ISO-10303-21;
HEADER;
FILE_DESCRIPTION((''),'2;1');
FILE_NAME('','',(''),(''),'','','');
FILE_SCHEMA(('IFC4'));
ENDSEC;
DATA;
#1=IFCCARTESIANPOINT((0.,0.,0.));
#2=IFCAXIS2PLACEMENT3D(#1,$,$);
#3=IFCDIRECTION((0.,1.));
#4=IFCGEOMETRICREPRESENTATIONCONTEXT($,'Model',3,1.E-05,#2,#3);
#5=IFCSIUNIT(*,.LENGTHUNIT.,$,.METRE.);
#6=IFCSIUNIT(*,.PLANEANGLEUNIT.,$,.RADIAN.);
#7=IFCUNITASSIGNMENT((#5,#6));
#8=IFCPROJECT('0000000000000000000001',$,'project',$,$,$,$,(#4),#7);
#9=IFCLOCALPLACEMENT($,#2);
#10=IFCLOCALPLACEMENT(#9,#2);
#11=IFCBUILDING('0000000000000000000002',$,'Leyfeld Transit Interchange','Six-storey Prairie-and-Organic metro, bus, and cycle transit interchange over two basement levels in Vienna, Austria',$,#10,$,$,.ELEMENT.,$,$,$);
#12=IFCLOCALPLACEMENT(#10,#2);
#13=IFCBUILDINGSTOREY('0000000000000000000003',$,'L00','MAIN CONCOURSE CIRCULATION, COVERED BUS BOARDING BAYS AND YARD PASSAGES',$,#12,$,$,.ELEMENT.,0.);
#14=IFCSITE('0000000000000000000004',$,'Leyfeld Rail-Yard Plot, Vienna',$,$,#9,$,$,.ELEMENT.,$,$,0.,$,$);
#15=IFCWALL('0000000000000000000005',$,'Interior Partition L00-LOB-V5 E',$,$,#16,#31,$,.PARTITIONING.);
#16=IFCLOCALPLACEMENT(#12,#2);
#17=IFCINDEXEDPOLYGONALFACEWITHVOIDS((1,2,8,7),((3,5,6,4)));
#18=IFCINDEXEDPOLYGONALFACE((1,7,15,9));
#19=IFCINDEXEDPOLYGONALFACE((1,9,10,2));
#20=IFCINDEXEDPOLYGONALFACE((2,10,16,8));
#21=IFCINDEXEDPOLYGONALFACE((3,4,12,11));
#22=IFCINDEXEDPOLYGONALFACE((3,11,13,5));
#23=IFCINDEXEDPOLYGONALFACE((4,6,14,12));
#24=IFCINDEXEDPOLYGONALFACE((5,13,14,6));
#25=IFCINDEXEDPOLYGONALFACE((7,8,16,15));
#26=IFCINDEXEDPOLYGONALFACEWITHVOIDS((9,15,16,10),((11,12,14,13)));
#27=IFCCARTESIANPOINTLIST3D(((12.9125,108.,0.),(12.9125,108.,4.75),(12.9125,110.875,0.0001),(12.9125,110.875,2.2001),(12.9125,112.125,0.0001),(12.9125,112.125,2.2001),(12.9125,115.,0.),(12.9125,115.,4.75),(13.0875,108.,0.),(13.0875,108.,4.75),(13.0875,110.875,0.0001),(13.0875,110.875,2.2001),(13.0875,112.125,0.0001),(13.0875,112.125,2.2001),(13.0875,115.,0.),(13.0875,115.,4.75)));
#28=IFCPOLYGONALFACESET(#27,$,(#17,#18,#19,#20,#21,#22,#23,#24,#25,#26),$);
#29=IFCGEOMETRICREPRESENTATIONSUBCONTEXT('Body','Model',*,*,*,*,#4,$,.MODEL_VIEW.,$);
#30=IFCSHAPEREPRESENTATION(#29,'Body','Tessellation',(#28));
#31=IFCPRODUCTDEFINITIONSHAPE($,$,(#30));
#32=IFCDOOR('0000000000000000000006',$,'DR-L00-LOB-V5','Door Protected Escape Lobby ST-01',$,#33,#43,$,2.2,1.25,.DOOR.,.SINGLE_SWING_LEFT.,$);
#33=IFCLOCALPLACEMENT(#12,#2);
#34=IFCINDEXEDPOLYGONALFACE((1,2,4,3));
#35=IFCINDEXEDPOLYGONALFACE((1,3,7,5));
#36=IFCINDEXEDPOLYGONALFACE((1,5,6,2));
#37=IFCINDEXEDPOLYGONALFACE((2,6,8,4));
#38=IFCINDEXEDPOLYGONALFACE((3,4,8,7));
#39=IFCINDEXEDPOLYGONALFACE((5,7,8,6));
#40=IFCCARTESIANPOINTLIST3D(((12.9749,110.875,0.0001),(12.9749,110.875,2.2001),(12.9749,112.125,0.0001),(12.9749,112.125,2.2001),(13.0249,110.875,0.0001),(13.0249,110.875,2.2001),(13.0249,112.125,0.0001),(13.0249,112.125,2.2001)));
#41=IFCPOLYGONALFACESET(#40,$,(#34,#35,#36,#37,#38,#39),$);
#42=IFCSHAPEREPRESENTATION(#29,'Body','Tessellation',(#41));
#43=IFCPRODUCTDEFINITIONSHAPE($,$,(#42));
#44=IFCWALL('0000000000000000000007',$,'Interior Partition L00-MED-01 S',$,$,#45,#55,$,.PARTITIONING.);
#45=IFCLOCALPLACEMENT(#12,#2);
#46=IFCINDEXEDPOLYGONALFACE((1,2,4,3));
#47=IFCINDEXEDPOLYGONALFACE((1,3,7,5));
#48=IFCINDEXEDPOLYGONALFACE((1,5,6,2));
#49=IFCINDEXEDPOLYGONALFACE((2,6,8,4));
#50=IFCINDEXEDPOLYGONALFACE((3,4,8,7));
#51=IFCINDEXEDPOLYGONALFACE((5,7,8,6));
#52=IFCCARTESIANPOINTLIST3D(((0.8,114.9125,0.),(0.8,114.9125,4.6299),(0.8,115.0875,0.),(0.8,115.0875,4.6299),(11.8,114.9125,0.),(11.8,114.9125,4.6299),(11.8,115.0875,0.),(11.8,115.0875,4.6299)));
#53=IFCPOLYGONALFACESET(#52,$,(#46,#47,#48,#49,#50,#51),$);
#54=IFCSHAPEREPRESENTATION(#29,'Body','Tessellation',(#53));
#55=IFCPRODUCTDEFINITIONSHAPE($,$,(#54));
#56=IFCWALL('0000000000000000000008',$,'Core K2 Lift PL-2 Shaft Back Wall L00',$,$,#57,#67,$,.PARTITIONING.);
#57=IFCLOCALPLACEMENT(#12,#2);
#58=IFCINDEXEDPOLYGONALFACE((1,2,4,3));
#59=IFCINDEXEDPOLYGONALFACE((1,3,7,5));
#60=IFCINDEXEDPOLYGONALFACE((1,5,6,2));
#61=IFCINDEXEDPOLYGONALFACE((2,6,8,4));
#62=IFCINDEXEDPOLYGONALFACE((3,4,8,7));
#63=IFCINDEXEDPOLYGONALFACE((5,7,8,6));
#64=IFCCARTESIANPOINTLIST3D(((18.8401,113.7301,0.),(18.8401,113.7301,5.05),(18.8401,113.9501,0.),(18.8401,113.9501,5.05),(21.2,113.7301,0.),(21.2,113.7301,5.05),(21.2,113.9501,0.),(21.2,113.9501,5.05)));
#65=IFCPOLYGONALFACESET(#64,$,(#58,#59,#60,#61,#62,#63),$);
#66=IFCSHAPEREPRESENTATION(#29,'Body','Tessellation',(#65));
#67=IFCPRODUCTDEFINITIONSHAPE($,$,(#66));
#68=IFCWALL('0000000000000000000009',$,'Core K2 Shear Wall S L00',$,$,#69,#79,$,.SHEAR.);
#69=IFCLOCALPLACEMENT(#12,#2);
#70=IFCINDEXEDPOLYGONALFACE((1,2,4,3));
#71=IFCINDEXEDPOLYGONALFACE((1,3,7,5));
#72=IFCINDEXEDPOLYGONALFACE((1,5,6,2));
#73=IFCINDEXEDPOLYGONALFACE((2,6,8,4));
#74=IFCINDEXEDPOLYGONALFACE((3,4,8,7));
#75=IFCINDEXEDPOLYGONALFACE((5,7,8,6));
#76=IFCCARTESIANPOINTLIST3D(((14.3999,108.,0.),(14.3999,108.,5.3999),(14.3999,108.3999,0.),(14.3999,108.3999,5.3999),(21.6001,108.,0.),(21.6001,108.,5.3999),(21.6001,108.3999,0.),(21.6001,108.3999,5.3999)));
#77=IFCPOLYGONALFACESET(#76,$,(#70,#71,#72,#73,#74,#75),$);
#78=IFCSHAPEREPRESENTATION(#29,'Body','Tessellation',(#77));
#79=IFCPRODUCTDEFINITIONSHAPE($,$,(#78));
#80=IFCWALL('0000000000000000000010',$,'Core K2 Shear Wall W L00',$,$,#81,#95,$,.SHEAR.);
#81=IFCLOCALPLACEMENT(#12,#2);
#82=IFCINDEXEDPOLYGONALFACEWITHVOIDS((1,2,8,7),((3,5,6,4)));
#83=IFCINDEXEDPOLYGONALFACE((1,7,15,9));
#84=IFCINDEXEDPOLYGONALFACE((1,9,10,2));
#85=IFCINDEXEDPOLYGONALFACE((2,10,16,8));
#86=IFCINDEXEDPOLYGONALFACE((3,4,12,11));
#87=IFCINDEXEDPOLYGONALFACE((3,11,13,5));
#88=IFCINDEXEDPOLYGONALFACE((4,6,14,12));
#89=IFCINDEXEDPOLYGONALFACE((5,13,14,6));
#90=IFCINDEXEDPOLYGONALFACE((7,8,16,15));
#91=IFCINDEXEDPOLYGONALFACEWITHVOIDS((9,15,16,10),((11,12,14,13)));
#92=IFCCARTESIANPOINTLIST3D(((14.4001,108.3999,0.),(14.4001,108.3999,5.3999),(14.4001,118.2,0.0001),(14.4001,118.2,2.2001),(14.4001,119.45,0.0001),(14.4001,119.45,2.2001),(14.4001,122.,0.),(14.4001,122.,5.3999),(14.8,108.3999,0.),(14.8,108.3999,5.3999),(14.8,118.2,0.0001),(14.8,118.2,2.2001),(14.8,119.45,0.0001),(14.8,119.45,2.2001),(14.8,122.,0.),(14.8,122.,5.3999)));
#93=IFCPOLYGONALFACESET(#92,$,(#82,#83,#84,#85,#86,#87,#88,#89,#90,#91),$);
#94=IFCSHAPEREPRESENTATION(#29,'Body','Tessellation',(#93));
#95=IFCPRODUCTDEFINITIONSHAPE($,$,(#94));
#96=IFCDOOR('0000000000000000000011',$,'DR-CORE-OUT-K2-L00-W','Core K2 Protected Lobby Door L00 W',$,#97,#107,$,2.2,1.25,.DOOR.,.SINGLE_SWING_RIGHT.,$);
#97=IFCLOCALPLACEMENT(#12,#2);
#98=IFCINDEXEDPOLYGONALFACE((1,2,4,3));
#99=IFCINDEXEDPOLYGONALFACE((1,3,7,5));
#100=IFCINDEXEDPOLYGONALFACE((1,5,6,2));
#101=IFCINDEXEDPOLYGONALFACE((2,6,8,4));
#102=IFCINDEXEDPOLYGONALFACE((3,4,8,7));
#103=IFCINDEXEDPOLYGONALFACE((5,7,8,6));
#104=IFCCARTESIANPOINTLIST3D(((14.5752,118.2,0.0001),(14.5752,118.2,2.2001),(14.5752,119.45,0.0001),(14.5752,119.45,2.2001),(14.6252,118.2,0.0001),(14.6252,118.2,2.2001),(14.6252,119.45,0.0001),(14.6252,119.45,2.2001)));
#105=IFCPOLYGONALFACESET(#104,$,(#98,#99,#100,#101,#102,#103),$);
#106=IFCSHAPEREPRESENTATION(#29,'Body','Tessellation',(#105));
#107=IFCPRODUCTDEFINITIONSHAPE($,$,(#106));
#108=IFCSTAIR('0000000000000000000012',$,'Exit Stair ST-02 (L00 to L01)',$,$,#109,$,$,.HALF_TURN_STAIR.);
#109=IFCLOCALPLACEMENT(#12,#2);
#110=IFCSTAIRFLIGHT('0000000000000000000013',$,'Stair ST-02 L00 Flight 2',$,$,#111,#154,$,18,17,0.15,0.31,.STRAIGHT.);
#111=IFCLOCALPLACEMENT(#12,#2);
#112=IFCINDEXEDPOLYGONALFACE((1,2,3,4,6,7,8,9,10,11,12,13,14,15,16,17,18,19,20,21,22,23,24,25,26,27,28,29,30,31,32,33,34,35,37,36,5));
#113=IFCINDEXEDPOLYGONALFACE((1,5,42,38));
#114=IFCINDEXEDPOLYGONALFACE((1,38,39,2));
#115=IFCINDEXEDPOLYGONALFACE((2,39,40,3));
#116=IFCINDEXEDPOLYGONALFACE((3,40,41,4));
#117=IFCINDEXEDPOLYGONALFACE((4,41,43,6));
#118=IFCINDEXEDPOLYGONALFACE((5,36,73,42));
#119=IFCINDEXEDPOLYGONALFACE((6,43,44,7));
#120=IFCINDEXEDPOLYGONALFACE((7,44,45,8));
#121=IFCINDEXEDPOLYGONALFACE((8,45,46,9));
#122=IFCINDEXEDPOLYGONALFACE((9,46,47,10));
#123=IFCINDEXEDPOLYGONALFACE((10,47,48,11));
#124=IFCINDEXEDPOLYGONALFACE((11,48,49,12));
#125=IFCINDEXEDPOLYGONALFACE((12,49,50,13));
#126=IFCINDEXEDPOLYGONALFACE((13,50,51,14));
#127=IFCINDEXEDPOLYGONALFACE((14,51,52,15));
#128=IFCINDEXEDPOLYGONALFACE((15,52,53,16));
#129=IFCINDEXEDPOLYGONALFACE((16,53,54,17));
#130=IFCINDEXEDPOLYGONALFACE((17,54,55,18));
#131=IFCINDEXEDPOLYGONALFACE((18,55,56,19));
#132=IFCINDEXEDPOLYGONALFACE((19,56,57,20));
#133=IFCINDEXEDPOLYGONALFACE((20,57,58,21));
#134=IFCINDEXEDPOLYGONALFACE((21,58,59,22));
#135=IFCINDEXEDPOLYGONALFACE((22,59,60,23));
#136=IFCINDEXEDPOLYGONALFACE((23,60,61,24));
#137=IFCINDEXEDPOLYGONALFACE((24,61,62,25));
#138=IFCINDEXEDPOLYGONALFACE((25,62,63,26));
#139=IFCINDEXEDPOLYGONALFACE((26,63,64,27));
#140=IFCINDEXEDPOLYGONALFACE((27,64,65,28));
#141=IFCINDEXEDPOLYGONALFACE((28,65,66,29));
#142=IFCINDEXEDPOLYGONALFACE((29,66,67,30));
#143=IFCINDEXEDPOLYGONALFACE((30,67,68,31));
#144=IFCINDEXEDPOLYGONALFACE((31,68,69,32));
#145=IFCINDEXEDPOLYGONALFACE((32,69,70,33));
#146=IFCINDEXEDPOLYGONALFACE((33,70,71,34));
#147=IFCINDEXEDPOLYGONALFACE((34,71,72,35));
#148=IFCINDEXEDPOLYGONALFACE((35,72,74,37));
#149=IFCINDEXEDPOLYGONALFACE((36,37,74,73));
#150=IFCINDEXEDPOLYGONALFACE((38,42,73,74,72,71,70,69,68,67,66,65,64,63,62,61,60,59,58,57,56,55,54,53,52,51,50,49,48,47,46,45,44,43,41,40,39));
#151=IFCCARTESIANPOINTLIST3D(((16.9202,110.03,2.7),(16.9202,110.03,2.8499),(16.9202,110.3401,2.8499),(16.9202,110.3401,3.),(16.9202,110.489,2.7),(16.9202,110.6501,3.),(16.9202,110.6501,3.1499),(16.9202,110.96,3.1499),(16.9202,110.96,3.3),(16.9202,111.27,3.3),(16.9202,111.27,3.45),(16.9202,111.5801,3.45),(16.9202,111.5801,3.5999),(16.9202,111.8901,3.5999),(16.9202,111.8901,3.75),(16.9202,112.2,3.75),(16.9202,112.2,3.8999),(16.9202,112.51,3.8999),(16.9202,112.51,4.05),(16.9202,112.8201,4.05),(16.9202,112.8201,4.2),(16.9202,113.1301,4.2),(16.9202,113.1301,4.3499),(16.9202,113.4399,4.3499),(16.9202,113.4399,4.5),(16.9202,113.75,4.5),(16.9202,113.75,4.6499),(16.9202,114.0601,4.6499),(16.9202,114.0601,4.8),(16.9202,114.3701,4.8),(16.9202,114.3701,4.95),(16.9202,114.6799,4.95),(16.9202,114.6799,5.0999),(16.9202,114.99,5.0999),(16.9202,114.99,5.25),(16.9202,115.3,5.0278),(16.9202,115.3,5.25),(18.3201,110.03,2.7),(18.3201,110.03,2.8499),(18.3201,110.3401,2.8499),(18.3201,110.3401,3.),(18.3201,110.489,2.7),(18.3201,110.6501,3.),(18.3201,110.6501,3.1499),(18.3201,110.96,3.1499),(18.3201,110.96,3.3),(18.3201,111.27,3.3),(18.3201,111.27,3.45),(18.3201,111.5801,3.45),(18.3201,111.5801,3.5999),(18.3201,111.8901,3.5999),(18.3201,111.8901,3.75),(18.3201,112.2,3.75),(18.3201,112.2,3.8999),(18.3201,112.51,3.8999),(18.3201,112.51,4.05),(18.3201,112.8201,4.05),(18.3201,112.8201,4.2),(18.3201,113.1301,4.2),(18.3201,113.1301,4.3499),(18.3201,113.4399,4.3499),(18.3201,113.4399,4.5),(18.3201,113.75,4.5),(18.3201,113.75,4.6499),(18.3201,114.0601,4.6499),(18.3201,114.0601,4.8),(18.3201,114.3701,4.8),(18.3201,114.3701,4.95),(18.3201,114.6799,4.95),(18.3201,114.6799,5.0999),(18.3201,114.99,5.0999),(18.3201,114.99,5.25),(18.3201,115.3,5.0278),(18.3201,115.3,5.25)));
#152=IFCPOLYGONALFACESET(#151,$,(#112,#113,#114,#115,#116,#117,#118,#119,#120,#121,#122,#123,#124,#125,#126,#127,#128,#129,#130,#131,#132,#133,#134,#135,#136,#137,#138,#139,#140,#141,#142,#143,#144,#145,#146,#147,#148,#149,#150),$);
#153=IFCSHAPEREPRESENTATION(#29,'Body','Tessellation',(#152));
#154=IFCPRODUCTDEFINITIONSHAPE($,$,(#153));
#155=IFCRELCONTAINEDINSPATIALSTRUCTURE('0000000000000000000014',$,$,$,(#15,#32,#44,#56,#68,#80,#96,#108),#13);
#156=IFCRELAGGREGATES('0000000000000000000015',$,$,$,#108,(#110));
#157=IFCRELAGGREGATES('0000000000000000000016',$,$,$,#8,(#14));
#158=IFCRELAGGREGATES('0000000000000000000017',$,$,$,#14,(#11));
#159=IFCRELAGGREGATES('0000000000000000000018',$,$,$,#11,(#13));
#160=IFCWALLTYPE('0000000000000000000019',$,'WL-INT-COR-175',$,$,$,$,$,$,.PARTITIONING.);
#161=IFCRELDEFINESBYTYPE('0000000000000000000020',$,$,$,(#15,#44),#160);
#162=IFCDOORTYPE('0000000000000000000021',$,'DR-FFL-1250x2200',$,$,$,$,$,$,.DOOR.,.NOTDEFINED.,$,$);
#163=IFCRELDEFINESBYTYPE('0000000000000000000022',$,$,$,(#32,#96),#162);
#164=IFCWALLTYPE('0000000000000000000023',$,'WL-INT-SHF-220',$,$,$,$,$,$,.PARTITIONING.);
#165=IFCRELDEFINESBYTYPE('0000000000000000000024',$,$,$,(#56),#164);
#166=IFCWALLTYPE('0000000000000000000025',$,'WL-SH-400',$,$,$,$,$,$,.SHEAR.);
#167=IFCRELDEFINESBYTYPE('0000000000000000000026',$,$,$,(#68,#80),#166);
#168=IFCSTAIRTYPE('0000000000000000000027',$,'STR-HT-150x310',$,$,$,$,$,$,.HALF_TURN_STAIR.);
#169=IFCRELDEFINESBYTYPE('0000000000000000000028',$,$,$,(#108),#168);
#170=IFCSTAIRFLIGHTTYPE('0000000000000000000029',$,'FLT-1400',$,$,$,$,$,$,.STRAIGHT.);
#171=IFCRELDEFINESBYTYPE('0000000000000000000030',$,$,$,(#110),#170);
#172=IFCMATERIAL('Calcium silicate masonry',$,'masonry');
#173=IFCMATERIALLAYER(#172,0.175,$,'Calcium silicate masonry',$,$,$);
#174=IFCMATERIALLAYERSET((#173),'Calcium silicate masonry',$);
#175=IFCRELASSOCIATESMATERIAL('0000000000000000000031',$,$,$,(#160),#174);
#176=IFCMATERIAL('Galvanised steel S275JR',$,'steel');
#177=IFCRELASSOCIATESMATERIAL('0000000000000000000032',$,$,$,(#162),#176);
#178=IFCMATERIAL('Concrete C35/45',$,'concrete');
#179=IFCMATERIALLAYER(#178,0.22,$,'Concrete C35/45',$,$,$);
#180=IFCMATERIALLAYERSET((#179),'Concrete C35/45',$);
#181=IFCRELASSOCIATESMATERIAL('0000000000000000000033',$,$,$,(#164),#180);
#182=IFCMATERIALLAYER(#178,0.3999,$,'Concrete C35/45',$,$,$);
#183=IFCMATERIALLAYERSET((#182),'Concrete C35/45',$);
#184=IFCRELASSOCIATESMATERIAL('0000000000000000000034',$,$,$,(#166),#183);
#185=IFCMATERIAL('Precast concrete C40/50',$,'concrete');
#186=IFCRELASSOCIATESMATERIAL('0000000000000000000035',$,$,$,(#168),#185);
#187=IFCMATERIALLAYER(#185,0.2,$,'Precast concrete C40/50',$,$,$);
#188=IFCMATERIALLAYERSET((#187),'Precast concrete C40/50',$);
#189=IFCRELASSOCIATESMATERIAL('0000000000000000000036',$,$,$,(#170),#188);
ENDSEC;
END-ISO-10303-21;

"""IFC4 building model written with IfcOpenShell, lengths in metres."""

from ifc_helpers import new_model, si_unit, direction, frame, frame_2d, origin, place, context, subcontext, project, spatial, polyline, rectangle, outline, extrude, material, layer, layer_set, type_object, element, fill, aggregate, save


model = new_model("IFC4")

# Units and contexts
model_context = context("Model", 3, precision=1e-05, world=origin(), true_north=direction((0.0, 1.0)))
body_context = subcontext(model_context, "Body", "Model", "MODEL_VIEW")
ifc_project = project(units=[si_unit("LENGTHUNIT", "METRE"), si_unit("PLANEANGLEUNIT", "RADIAN")], contexts=[model_context])

# Site, building, storey
site_placement = place(None, origin())
site = spatial("IfcSite", under=ifc_project, at=site_placement, Name="Leyfeld Rail-Yard Plot, Vienna", CompositionType="ELEMENT", RefElevation=0.0)
building_placement = place(site_placement, origin())
building = spatial("IfcBuilding", under=site, at=building_placement, Name="Leyfeld Transit Interchange", Description="Six-storey Prairie-and-Organic metro, bus, and cycle transit interchange over two basement levels in Vienna, Austria", CompositionType="ELEMENT")
storey_placement = place(building_placement, origin())
storey = spatial("IfcBuildingStorey", under=building, at=storey_placement, Name="L00", Description="MAIN CONCOURSE CIRCULATION, COVERED BUS BOARDING BAYS AND YARD PASSAGES", CompositionType="ELEMENT", Elevation=0.0)

# Shared definitions
ifc_material_1 = material(Name="Concrete C35/45", Category="concrete")

# Wall, opening, door
ifc_material_2 = material(Name="Calcium silicate masonry", Category="masonry")
ifc_layer_1 = layer(ifc_material_2, 0.175, Name="Calcium silicate masonry")
ifc_layer_set_1 = layer_set([ifc_layer_1], Name="Calcium silicate masonry")
wall_type_1 = type_object("IfcWallType", Name="WL-INT-COR-175", PredefinedType="PARTITIONING", material=ifc_layer_set_1)
wall_1_placement = place(storey_placement, frame((13.0, 115.0, 0.0), z_axis=(0.0, 0.0, 1.0), x_axis=(0.0, -1.0, 0.0)))
wall_1 = element("IfcWall", 1, at=wall_1_placement, inside=storey, type_object=wall_type_1, Name="Interior Partition L00-LOB-V5 E", PredefinedType="PARTITIONING", context=body_context, shape_type="SweptSolid", body=[
    extrude(rectangle(XDim=7.0, YDim=0.175, at=frame_2d((3.5, 0.0))), origin(), (0.0, 0.0, 1.0), 4.75),
])
opening_1_placement = place(wall_1_placement, frame((2.875, 0.0, 0.0)))
opening_1 = element("IfcOpeningElement", 2, at=opening_1_placement, cuts=wall_1, PredefinedType="OPENING", context=body_context, shape_type="SweptSolid", body=[
    extrude(rectangle(XDim=1.25, YDim=2.2, at=frame_2d((0.625, 1.1001))), frame((0.0, 0.0974, 0.0), z_axis=(0.0, -1.0, 0.0), x_axis=(1.0, 0.0, 0.0)), (0.0, 0.0, 1.0), 0.1951),
])
ifc_material_3 = material(Name="Galvanised steel S275JR", Category="steel")
door_type = type_object("IfcDoorType", Name="DR-FFL-1250x2200", OperationType="NOTDEFINED", PredefinedType="DOOR", material=ifc_material_3)
door_1_placement = place(opening_1_placement, origin())
door_1 = element("IfcDoor", 3, at=door_1_placement, inside=storey, type_object=door_type, Name="DR-L00-LOB-V5", Description="Door Protected Escape Lobby ST-01", OperationType="SINGLE_SWING_LEFT", OverallHeight=2.2, OverallWidth=1.25, PredefinedType="DOOR", context=body_context, shape_type="SweptSolid", body=[
    extrude(rectangle(XDim=1.25, YDim=2.2, at=frame_2d((0.625, 1.1001))), frame((0.0, 0.0249, 0.0), z_axis=(0.0, -1.0, 0.0), x_axis=(1.0, 0.0, 0.0)), (0.0, 0.0, 1.0), 0.05),
])
fill(opening_1, door_1)

# Walls
wall_2_placement = place(storey_placement, frame((11.8, 115.0, 0.0), z_axis=(0.0, 0.0, 1.0), x_axis=(-1.0, 0.0, 0.0)))
element("IfcWall", 4, at=wall_2_placement, inside=storey, type_object=wall_type_1, Name="Interior Partition L00-MED-01 S", PredefinedType="PARTITIONING", context=body_context, shape_type="SweptSolid", body=[
    extrude(rectangle(XDim=11.0, YDim=0.175, at=frame_2d((5.5, 0.0))), origin(), (0.0, 0.0, 1.0), 4.6299),
])
ifc_layer_2 = layer(ifc_material_1, 0.22, Name="Concrete C35/45")
ifc_layer_set_2 = layer_set([ifc_layer_2], Name="Concrete C35/45")
wall_type_2 = type_object("IfcWallType", Name="WL-INT-SHF-220", PredefinedType="PARTITIONING", material=ifc_layer_set_2)
wall_3_placement = place(storey_placement, frame((18.8401, 113.8401, 0.0), z_axis=(0.0, 0.0, 1.0), x_axis=(1.0, 0.0, 0.0)))
element("IfcWall", 5, at=wall_3_placement, inside=storey, type_object=wall_type_2, Name="Core K2 Lift PL-2 Shaft Back Wall L00", PredefinedType="PARTITIONING", context=body_context, shape_type="SweptSolid", body=[
    extrude(rectangle(XDim=2.3599, YDim=0.22, at=frame_2d((1.1799, 0.0))), origin(), (0.0, 0.0, 1.0), 5.05),
])
ifc_layer_3 = layer(ifc_material_1, 0.3999, Name="Concrete C35/45")
ifc_layer_set_3 = layer_set([ifc_layer_3], Name="Concrete C35/45")
wall_type_3 = type_object("IfcWallType", Name="WL-SH-400", PredefinedType="SHEAR", material=ifc_layer_set_3)
wall_4_placement = place(storey_placement, frame((21.6001, 108.2, 0.0), z_axis=(0.0, 0.0, 1.0), x_axis=(-1.0, 0.0, 0.0)))
element("IfcWall", 6, at=wall_4_placement, inside=storey, type_object=wall_type_3, Name="Core K2 Shear Wall S L00", PredefinedType="SHEAR", context=body_context, shape_type="SweptSolid", body=[
    extrude(rectangle(XDim=7.2002, YDim=0.3999, at=frame_2d((3.6001, 0.0))), origin(), (0.0, 0.0, 1.0), 5.3999),
])

# Wall, opening, door
wall_5_placement = place(storey_placement, frame((14.6001, 108.3999, 0.0), z_axis=(0.0, 0.0, 1.0), x_axis=(0.0, 1.0, 0.0)))
wall_5 = element("IfcWall", 7, at=wall_5_placement, inside=storey, type_object=wall_type_3, Name="Core K2 Shear Wall W L00", PredefinedType="SHEAR", context=body_context, shape_type="SweptSolid", body=[
    extrude(rectangle(XDim=13.6001, YDim=0.3999, at=frame_2d((6.8, 0.0))), origin(), (0.0, 0.0, 1.0), 5.3999),
])
opening_2_placement = place(wall_5_placement, frame((9.8, 0.0, 0.0)))
opening_2 = element("IfcOpeningElement", 8, at=opening_2_placement, cuts=wall_5, PredefinedType="OPENING", context=body_context, shape_type="SweptSolid", body=[
    extrude(rectangle(XDim=1.25, YDim=2.2, at=frame_2d((0.625, 1.1001))), frame((0.0, 0.21, 0.0), z_axis=(0.0, -1.0, 0.0), x_axis=(1.0, 0.0, 0.0)), (0.0, 0.0, 1.0), 0.4199),
])
door_2_placement = place(opening_2_placement, origin())
door_2 = element("IfcDoor", 9, at=door_2_placement, inside=storey, type_object=door_type, Name="DR-CORE-OUT-K2-L00-W", Description="Core K2 Protected Lobby Door L00 W", OperationType="SINGLE_SWING_RIGHT", OverallHeight=2.2, OverallWidth=1.25, PredefinedType="DOOR", context=body_context, shape_type="SweptSolid", body=[
    extrude(rectangle(XDim=1.25, YDim=2.2, at=frame_2d((0.625, 1.1001))), frame((0.0, 0.0249, 0.0), z_axis=(0.0, -1.0, 0.0), x_axis=(1.0, 0.0, 0.0)), (0.0, 0.0, 1.0), 0.05),
])
fill(opening_2, door_2)

# Stair, stair flight
ifc_material_4 = material(Name="Precast concrete C40/50", Category="concrete")
stair_type = type_object("IfcStairType", Name="STR-HT-150x310", PredefinedType="HALF_TURN_STAIR", material=ifc_material_4)
stair_placement = place(storey_placement, origin())
stair = element("IfcStair", 10, at=stair_placement, inside=storey, type_object=stair_type, Name="Exit Stair ST-02 (L00 to L01)", PredefinedType="HALF_TURN_STAIR")
ifc_layer_4 = layer(ifc_material_4, 0.2, Name="Precast concrete C40/50")
ifc_layer_set_4 = layer_set([ifc_layer_4], Name="Precast concrete C40/50")
stair_flight_type = type_object("IfcStairFlightType", Name="FLT-1400", PredefinedType="STRAIGHT", material=ifc_layer_set_4)
stair_flight_placement = place(storey_placement, frame((17.6201, 110.03, 2.7), z_axis=(0.0, 0.0, 1.0), x_axis=(0.0, 1.0, 0.0)))
stair_flight = element("IfcStairFlight", 11, at=stair_flight_placement, type_object=stair_flight_type, Name="Stair ST-02 L00 Flight 2", NumberOfRisers=18, NumberOfTreads=17, PredefinedType="STRAIGHT", RiserHeight=0.15, TreadLength=0.31, context=body_context, shape_type="SweptSolid", body=[
    extrude(outline(polyline([(0.0, 0.0), (0.0, 0.1499), (0.3101, 0.1499), (0.3101, 0.3), (0.6201, 0.3), (0.6201, 0.45), (0.9299, 0.45), (0.9299, 0.6001), (1.24, 0.6001), (1.24, 0.75), (1.55, 0.75), (1.55, 0.8999), (1.8601, 0.8999), (1.8601, 1.05), (2.1699, 1.05), (2.1699, 1.2), (2.48, 1.2), (2.48, 1.3501), (2.79, 1.3501), (2.79, 1.5), (3.1001, 1.5), (3.1001, 1.6499), (3.4099, 1.6499), (3.4099, 1.8), (3.72, 1.8), (3.72, 1.95), (4.03, 1.95), (4.03, 2.1001), (4.3401, 2.1001), (4.3401, 2.25), (4.6499, 2.25), (4.6499, 2.3999), (4.96, 2.3999), (4.96, 2.55), (5.27, 2.55), (5.27, 2.7), (5.27, 2.3279), (0.459, 0.0), (0.0, 0.0)])), frame((0.0, 0.7, 0.0), z_axis=(0.0, -1.0, 0.0), x_axis=(1.0, 0.0, 0.0)), (0.0, 0.0, 1.0), 1.3999),
])
aggregate(stair, [stair_flight])

save(model, "model.ifc")
